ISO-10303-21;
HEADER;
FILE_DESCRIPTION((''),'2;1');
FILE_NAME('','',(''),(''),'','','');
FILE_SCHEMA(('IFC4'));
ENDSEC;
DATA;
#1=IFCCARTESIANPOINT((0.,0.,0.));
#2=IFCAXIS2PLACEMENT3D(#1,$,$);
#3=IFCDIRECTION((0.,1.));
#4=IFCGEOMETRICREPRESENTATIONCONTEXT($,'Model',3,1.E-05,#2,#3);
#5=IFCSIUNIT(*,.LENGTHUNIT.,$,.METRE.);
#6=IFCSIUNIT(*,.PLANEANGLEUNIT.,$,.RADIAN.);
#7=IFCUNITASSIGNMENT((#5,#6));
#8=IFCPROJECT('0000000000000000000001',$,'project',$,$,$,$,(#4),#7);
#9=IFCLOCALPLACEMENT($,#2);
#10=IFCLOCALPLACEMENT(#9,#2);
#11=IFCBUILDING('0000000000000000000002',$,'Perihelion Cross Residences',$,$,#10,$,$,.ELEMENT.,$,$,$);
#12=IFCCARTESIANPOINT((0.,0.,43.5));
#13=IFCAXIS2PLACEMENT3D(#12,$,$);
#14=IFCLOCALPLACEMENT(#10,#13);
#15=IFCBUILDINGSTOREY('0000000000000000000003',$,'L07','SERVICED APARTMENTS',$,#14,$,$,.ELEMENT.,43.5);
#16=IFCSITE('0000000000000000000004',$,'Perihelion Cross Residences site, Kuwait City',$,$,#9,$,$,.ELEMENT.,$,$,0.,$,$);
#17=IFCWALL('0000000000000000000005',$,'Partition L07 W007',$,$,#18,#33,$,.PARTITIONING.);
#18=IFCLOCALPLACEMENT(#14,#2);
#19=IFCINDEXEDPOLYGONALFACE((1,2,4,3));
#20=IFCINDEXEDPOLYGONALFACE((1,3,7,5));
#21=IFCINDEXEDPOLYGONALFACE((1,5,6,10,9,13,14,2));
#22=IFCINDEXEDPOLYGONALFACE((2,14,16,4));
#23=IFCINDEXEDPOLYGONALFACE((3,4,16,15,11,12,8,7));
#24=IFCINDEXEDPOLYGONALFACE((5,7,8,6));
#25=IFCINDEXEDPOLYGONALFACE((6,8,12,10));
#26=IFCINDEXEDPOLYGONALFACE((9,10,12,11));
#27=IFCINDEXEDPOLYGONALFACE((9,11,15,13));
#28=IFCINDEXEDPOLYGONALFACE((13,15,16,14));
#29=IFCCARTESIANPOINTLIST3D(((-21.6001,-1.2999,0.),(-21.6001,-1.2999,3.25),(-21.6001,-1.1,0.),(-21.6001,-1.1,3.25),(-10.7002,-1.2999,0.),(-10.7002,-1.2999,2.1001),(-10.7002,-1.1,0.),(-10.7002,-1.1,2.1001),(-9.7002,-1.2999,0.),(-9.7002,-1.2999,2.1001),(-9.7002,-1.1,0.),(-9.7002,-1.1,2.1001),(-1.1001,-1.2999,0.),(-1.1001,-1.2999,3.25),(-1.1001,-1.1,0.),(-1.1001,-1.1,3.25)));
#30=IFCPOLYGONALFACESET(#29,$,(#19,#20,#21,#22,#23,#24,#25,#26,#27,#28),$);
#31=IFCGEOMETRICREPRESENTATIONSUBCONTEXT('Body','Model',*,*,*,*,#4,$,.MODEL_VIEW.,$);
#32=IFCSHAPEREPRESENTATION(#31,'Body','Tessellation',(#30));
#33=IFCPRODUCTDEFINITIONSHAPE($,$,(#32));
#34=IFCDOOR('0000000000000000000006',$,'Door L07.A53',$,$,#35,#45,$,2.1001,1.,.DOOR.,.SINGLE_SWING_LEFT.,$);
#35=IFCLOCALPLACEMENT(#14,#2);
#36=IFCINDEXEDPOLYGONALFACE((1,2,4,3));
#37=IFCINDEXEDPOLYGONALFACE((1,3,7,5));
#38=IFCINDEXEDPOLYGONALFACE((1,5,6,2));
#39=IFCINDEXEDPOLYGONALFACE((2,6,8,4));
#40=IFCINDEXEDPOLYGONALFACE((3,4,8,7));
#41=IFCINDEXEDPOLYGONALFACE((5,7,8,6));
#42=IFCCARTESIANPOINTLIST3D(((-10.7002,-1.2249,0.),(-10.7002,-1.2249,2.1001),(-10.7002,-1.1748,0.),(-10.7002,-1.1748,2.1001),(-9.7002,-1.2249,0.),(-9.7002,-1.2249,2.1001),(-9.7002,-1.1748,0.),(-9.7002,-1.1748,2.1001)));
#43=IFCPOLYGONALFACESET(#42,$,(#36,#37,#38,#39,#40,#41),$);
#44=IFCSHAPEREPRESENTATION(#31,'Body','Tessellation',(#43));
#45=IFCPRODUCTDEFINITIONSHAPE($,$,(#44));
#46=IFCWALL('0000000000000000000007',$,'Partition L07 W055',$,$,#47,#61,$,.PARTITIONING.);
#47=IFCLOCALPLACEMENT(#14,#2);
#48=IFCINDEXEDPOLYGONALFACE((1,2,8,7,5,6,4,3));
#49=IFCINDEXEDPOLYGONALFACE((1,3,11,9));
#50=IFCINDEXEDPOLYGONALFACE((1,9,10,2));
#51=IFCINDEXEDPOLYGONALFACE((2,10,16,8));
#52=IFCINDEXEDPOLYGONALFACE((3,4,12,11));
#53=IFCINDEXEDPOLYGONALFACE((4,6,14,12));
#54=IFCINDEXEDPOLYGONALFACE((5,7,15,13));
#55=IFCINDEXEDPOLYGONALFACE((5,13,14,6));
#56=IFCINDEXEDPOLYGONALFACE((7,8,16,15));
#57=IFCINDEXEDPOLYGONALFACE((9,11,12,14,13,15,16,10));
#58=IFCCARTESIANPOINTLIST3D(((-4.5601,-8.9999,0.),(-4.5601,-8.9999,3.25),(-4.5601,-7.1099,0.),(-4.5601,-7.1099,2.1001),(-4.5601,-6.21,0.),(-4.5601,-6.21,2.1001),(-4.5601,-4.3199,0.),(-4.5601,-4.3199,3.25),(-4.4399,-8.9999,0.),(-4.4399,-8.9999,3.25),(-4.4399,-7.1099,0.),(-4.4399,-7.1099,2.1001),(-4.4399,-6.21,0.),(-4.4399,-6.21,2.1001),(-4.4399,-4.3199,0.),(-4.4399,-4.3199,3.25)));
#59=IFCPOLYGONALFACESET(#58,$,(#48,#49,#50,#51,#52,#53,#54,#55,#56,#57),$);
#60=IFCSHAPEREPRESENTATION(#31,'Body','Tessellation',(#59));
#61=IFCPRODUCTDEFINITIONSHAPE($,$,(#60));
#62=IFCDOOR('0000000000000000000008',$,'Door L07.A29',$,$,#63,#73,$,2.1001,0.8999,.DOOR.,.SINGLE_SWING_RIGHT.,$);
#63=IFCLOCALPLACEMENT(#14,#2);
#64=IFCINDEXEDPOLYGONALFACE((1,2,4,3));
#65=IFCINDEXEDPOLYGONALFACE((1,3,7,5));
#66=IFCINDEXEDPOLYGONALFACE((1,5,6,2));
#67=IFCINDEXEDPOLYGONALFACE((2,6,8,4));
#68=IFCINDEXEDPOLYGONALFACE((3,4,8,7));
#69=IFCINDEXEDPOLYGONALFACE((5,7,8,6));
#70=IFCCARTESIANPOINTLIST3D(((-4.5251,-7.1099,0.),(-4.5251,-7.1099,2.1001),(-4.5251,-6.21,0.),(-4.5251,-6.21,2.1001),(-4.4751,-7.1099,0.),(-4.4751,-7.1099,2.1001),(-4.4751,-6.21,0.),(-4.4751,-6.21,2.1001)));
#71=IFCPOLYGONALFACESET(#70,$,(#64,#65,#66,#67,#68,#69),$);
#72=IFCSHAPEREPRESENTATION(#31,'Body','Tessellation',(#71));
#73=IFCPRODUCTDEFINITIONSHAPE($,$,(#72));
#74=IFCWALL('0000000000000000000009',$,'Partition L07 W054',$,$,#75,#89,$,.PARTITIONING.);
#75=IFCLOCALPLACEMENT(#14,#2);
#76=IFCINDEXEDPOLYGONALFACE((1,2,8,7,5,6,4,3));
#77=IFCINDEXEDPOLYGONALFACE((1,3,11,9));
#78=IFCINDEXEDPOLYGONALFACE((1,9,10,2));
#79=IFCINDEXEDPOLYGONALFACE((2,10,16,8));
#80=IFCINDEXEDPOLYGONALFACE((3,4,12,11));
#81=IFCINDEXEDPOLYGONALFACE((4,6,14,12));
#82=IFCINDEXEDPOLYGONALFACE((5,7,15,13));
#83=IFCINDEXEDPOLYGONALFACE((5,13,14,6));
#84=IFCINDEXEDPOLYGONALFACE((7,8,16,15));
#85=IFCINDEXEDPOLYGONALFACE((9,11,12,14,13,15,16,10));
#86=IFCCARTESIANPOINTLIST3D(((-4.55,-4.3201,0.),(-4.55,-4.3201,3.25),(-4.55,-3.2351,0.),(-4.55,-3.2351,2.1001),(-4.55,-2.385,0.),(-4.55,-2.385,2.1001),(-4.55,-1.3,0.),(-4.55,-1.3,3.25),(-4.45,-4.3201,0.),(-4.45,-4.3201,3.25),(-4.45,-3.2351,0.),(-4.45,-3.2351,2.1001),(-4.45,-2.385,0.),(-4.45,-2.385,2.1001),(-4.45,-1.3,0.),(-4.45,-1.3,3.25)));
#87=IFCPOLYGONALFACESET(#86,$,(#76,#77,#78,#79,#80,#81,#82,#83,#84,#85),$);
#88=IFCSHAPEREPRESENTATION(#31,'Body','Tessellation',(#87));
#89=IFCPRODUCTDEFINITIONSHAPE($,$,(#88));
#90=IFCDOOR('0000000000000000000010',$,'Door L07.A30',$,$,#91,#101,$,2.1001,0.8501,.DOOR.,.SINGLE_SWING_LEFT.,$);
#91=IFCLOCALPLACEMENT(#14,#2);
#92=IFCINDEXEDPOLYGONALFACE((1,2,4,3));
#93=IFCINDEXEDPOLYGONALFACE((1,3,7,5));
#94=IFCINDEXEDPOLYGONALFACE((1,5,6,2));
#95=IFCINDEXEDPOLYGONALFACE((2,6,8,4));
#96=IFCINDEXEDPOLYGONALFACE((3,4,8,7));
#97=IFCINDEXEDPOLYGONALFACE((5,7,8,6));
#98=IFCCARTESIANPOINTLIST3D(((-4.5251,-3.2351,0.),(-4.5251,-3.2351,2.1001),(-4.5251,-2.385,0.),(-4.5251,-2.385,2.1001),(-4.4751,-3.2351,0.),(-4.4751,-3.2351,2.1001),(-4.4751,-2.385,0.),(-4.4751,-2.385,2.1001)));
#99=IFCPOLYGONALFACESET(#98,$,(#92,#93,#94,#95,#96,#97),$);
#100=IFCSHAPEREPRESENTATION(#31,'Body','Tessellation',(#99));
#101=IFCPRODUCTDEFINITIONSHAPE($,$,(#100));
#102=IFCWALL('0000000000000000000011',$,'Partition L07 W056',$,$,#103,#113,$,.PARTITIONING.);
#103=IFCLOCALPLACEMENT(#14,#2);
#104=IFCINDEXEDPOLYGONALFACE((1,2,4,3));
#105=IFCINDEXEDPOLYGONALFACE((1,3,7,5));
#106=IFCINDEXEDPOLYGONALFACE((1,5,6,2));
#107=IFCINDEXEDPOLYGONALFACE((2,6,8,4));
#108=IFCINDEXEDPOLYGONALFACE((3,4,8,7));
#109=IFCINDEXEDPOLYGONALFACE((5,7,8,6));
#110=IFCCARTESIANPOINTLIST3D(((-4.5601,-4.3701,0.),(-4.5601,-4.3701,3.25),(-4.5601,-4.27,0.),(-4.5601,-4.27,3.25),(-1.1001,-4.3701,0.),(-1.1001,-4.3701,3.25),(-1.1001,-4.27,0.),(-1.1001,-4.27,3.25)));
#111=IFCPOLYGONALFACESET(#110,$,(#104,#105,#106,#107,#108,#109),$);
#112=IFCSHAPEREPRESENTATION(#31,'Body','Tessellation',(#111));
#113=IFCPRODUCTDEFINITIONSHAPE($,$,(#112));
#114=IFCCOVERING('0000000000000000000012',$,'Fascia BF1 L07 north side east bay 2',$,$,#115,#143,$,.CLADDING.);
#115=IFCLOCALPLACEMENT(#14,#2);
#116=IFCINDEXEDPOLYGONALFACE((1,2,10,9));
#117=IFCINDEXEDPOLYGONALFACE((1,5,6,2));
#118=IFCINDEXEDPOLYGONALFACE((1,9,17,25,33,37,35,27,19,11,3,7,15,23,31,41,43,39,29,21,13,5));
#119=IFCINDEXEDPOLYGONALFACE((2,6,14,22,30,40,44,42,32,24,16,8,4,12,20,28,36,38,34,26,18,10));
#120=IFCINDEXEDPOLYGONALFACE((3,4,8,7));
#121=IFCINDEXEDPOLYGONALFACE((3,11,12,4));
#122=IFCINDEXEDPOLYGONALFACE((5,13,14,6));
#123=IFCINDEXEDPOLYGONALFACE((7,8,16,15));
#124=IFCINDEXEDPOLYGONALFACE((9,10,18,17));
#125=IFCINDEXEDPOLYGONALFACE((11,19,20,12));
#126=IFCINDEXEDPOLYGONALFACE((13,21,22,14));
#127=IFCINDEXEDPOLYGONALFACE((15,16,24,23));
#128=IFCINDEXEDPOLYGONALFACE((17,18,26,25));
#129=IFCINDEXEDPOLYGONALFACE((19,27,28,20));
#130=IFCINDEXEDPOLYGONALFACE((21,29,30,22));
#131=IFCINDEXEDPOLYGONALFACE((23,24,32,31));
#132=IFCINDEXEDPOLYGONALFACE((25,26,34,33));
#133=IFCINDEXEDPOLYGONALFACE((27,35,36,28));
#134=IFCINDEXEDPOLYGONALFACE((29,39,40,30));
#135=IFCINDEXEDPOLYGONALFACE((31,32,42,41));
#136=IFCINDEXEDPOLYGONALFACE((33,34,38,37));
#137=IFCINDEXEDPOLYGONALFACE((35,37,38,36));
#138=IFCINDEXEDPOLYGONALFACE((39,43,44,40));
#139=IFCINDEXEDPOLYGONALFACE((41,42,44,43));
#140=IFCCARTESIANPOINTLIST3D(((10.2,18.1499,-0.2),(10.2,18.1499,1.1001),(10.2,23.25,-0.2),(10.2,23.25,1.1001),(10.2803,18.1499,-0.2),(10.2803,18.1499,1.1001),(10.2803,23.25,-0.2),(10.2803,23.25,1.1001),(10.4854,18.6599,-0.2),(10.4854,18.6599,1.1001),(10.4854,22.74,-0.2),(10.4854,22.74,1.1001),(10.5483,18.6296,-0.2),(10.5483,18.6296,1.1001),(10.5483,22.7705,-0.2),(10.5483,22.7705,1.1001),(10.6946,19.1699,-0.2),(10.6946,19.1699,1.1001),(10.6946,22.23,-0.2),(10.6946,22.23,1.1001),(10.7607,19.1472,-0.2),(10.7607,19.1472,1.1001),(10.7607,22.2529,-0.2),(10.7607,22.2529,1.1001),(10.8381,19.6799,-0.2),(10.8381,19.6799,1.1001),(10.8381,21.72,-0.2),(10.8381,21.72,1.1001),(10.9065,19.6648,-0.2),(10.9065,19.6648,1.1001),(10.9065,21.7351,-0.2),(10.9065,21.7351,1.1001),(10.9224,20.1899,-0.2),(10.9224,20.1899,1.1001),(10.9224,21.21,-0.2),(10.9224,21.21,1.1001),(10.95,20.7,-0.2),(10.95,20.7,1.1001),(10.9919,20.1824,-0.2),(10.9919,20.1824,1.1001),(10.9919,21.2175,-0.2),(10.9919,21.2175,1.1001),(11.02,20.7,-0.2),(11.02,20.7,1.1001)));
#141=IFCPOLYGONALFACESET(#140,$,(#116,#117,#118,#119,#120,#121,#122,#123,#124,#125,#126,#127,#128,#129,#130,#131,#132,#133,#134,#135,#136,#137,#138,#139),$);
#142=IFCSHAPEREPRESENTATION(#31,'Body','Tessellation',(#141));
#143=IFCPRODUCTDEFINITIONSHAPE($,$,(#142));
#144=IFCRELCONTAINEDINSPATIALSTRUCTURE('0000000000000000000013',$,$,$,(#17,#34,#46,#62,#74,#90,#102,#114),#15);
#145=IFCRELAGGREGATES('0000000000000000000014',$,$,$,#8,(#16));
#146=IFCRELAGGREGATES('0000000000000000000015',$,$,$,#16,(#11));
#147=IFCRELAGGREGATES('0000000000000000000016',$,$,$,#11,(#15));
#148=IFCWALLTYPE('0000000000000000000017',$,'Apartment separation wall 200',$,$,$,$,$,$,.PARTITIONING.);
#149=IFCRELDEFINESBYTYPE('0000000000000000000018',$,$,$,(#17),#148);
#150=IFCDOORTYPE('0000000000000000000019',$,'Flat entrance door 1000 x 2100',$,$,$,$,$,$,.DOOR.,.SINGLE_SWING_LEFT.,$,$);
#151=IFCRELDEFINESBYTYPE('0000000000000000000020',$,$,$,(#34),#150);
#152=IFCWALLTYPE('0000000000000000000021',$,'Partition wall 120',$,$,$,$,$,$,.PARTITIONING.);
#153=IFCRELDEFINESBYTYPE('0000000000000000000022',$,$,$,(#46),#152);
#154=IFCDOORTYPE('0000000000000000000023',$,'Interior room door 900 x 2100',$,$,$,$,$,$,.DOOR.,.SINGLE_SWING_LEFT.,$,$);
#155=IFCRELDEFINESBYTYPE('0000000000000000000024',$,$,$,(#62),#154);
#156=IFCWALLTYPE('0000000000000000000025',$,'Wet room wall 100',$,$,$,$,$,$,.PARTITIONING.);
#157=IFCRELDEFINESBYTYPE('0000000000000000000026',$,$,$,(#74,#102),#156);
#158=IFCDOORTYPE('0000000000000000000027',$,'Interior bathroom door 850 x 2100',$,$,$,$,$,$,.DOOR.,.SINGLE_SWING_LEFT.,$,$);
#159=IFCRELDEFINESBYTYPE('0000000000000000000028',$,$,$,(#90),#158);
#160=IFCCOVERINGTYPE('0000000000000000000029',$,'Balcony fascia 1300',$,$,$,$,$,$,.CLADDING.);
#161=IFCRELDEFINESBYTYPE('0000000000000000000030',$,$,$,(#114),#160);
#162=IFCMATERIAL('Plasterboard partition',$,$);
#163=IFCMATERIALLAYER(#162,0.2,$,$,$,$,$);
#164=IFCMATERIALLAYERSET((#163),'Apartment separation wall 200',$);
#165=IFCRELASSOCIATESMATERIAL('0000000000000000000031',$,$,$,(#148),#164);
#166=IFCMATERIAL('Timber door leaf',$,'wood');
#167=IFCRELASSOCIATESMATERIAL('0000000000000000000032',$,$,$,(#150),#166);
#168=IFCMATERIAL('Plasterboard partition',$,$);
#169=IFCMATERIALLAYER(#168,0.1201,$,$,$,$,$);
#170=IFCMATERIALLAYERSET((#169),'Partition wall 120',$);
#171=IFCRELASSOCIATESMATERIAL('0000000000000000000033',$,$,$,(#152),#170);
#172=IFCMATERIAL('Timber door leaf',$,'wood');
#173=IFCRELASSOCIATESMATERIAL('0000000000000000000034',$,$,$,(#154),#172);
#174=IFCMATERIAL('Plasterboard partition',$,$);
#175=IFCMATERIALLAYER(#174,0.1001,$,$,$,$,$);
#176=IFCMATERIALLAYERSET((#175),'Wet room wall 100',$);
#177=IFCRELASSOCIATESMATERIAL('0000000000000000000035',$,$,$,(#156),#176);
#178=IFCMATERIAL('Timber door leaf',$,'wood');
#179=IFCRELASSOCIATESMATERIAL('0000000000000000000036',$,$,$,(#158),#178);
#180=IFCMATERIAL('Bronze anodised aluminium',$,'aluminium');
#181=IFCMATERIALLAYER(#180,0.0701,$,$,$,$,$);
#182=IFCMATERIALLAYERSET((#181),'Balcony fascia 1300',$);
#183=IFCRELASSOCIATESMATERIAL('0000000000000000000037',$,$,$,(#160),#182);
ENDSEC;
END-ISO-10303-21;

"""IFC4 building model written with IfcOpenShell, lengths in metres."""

from ifc_helpers import new_model, si_unit, direction, frame, frame_2d, origin, place, context, subcontext, project, spatial, polyline, rectangle, outline, extrude, material, layer, layer_set, type_object, element, fill, save


model = new_model("IFC4")

# Units and contexts
model_context = context("Model", 3, precision=1e-05, world=origin(), true_north=direction((0.0, 1.0)))
body_context = subcontext(model_context, "Body", "Model", "MODEL_VIEW")
ifc_project = project(units=[si_unit("LENGTHUNIT", "METRE"), si_unit("PLANEANGLEUNIT", "RADIAN")], contexts=[model_context])

# Site, building, storey
site_placement = place(None, origin())
site = spatial("IfcSite", under=ifc_project, at=site_placement, Name="Perihelion Cross Residences site, Kuwait City", CompositionType="ELEMENT", RefElevation=0.0)
building_placement = place(site_placement, origin())
building = spatial("IfcBuilding", under=site, at=building_placement, Name="Perihelion Cross Residences", CompositionType="ELEMENT")
storey_placement = place(building_placement, frame((0.0, 0.0, 43.5)))
storey = spatial("IfcBuildingStorey", under=building, at=storey_placement, Name="L07", Description="SERVICED APARTMENTS", CompositionType="ELEMENT", Elevation=43.5)

# Walls, openings, doors
ifc_material_1 = material(Name="Plasterboard partition")
ifc_layer_1 = layer(ifc_material_1, 0.2)
ifc_layer_set_1 = layer_set([ifc_layer_1], Name="Apartment separation wall 200")
wall_type_1 = type_object("IfcWallType", Name="Apartment separation wall 200", PredefinedType="PARTITIONING", material=ifc_layer_set_1)
wall_1_placement = place(storey_placement, frame((-1.1001, -1.2, 0.0), z_axis=(0.0, 0.0, 1.0), x_axis=(-1.0, 0.0, 0.0)))
wall_1 = element("IfcWall", 1, at=wall_1_placement, inside=storey, type_object=wall_type_1, Name="Partition L07 W007", PredefinedType="PARTITIONING", context=body_context, shape_type="SweptSolid", body=[
    extrude(rectangle(XDim=20.5, YDim=0.2, at=frame_2d((10.25, 0.0))), origin(), (0.0, 0.0, 1.0), 3.25),
])
opening_1_placement = place(wall_1_placement, frame((8.6001, 0.0, 0.0)))
opening_1 = element("IfcOpeningElement", 2, at=opening_1_placement, cuts=wall_1, PredefinedType="OPENING", context=body_context, shape_type="SweptSolid", body=[
    extrude(rectangle(XDim=1.0, YDim=2.1001, at=frame_2d((0.5, 1.05))), frame((0.0, 0.1099, 0.0), z_axis=(0.0, -1.0, 0.0), x_axis=(1.0, 0.0, 0.0)), (0.0, 0.0, 1.0), 0.22),
])
ifc_material_2 = material(Name="Timber door leaf", Category="wood")
door_type_1 = type_object("IfcDoorType", Name="Flat entrance door 1000 x 2100", OperationType="SINGLE_SWING_LEFT", PredefinedType="DOOR", material=ifc_material_2)
door_1_placement = place(opening_1_placement, origin())
door_1 = element("IfcDoor", 3, at=door_1_placement, inside=storey, type_object=door_type_1, Name="Door L07.A53", OperationType="SINGLE_SWING_LEFT", OverallHeight=2.1001, OverallWidth=1.0, PredefinedType="DOOR", context=body_context, shape_type="SweptSolid", body=[
    extrude(rectangle(XDim=1.0, YDim=2.1001, at=frame_2d((0.5, 1.05))), frame((0.0, 0.0249, 0.0), z_axis=(0.0, -1.0, 0.0), x_axis=(1.0, 0.0, 0.0)), (0.0, 0.0, 1.0), 0.05),
])
fill(opening_1, door_1)
ifc_material_3 = material(Name="Plasterboard partition")
ifc_layer_2 = layer(ifc_material_3, 0.1201)
ifc_layer_set_2 = layer_set([ifc_layer_2], Name="Partition wall 120")
wall_type_2 = type_object("IfcWallType", Name="Partition wall 120", PredefinedType="PARTITIONING", material=ifc_layer_set_2)
wall_2_placement = place(storey_placement, frame((-4.5, -4.3201, 0.0), z_axis=(0.0, 0.0, 1.0), x_axis=(0.0, -1.0, 0.0)))
wall_2 = element("IfcWall", 4, at=wall_2_placement, inside=storey, type_object=wall_type_2, Name="Partition L07 W055", PredefinedType="PARTITIONING", context=body_context, shape_type="SweptSolid", body=[
    extrude(rectangle(XDim=4.6799, YDim=0.1201, at=frame_2d((2.3398, 0.0))), origin(), (0.0, 0.0, 1.0), 3.25),
])
opening_2_placement = place(wall_2_placement, frame((1.8899, 0.0, 0.0)))
opening_2 = element("IfcOpeningElement", 5, at=opening_2_placement, cuts=wall_2, PredefinedType="OPENING", context=body_context, shape_type="SweptSolid", body=[
    extrude(rectangle(XDim=0.8999, YDim=2.1001, at=frame_2d((0.45, 1.05))), frame((0.0, 0.0701, 0.0), z_axis=(0.0, -1.0, 0.0), x_axis=(1.0, 0.0, 0.0)), (0.0, 0.0, 1.0), 0.1401),
])
ifc_material_4 = material(Name="Timber door leaf", Category="wood")
door_type_2 = type_object("IfcDoorType", Name="Interior room door 900 x 2100", OperationType="SINGLE_SWING_LEFT", PredefinedType="DOOR", material=ifc_material_4)
door_2_placement = place(opening_2_placement, origin())
door_2 = element("IfcDoor", 6, at=door_2_placement, inside=storey, type_object=door_type_2, Name="Door L07.A29", OperationType="SINGLE_SWING_RIGHT", OverallHeight=2.1001, OverallWidth=0.8999, PredefinedType="DOOR", context=body_context, shape_type="SweptSolid", body=[
    extrude(rectangle(XDim=0.8999, YDim=2.1001, at=frame_2d((0.45, 1.05))), frame((0.0, 0.0249, 0.0), z_axis=(0.0, -1.0, 0.0), x_axis=(1.0, 0.0, 0.0)), (0.0, 0.0, 1.0), 0.05),
])
fill(opening_2, door_2)
ifc_material_5 = material(Name="Plasterboard partition")
ifc_layer_3 = layer(ifc_material_5, 0.1001)
ifc_layer_set_3 = layer_set([ifc_layer_3], Name="Wet room wall 100")
wall_type_3 = type_object("IfcWallType", Name="Wet room wall 100", PredefinedType="PARTITIONING", material=ifc_layer_set_3)
wall_3_placement = place(storey_placement, frame((-4.5, -1.3, 0.0), z_axis=(0.0, 0.0, 1.0), x_axis=(0.0, -1.0, 0.0)))
wall_3 = element("IfcWall", 7, at=wall_3_placement, inside=storey, type_object=wall_type_3, Name="Partition L07 W054", PredefinedType="PARTITIONING", context=body_context, shape_type="SweptSolid", body=[
    extrude(rectangle(XDim=3.02, YDim=0.1001, at=frame_2d((1.51, 0.0))), origin(), (0.0, 0.0, 1.0), 3.25),
])
opening_3_placement = place(wall_3_placement, frame((1.085, 0.0, 0.0)))
opening_3 = element("IfcOpeningElement", 8, at=opening_3_placement, cuts=wall_3, PredefinedType="OPENING", context=body_context, shape_type="SweptSolid", body=[
    extrude(rectangle(XDim=0.8501, YDim=2.1001, at=frame_2d((0.425, 1.05))), frame((0.0, 0.0601, 0.0), z_axis=(0.0, -1.0, 0.0), x_axis=(1.0, 0.0, 0.0)), (0.0, 0.0, 1.0), 0.1201),
])
ifc_material_6 = material(Name="Timber door leaf", Category="wood")
door_type_3 = type_object("IfcDoorType", Name="Interior bathroom door 850 x 2100", OperationType="SINGLE_SWING_LEFT", PredefinedType="DOOR", material=ifc_material_6)
door_3_placement = place(opening_3_placement, origin())
door_3 = element("IfcDoor", 9, at=door_3_placement, inside=storey, type_object=door_type_3, Name="Door L07.A30", OperationType="SINGLE_SWING_LEFT", OverallHeight=2.1001, OverallWidth=0.8501, PredefinedType="DOOR", context=body_context, shape_type="SweptSolid", body=[
    extrude(rectangle(XDim=0.8501, YDim=2.1001, at=frame_2d((0.425, 1.05))), frame((0.0, 0.0249, 0.0), z_axis=(0.0, -1.0, 0.0), x_axis=(1.0, 0.0, 0.0)), (0.0, 0.0, 1.0), 0.05),
])
fill(opening_3, door_3)

# Wall
wall_4_placement = place(storey_placement, frame((-1.1001, -4.3201, 0.0), z_axis=(0.0, 0.0, 1.0), x_axis=(-1.0, 0.0, 0.0)))
element("IfcWall", 10, at=wall_4_placement, inside=storey, type_object=wall_type_3, Name="Partition L07 W056", PredefinedType="PARTITIONING", context=body_context, shape_type="SweptSolid", body=[
    extrude(rectangle(XDim=3.46, YDim=0.1001, at=frame_2d((1.73, 0.0))), origin(), (0.0, 0.0, 1.0), 3.25),
])

# Covering
ifc_material_7 = material(Name="Bronze anodised aluminium", Category="aluminium")
ifc_layer_4 = layer(ifc_material_7, 0.0701)
ifc_layer_set_4 = layer_set([ifc_layer_4], Name="Balcony fascia 1300")
covering_type = type_object("IfcCoveringType", Name="Balcony fascia 1300", PredefinedType="CLADDING", material=ifc_layer_set_4)
covering_1_placement = place(storey_placement, frame((0.0, 0.0, -0.2)))
element("IfcCovering", 11, at=covering_1_placement, inside=storey, type_object=covering_type, Name="Fascia BF1 L07 north side east bay 2", PredefinedType="CLADDING", context=body_context, shape_type="SweptSolid", body=[
    extrude(outline(polyline([(10.5483, 18.6296), (10.7607, 19.1472), (10.9065, 19.6648), (10.9919, 20.1824), (11.02, 20.7), (10.9919, 21.2175), (10.9065, 21.7351), (10.7607, 22.2529), (10.5483, 22.7705), (10.2803, 23.25), (10.2, 23.25), (10.4854, 22.74), (10.6946, 22.23), (10.8381, 21.72), (10.9224, 21.21), (10.95, 20.7), (10.9224, 20.1899), (10.8381, 19.6799), (10.6946, 19.1699), (10.4854, 18.6599), (10.2, 18.1499), (10.2803, 18.1499), (10.5483, 18.6296)])), origin(), (0.0, 0.0, 1.0), 1.3),
])

save(model, "model.ifc")
